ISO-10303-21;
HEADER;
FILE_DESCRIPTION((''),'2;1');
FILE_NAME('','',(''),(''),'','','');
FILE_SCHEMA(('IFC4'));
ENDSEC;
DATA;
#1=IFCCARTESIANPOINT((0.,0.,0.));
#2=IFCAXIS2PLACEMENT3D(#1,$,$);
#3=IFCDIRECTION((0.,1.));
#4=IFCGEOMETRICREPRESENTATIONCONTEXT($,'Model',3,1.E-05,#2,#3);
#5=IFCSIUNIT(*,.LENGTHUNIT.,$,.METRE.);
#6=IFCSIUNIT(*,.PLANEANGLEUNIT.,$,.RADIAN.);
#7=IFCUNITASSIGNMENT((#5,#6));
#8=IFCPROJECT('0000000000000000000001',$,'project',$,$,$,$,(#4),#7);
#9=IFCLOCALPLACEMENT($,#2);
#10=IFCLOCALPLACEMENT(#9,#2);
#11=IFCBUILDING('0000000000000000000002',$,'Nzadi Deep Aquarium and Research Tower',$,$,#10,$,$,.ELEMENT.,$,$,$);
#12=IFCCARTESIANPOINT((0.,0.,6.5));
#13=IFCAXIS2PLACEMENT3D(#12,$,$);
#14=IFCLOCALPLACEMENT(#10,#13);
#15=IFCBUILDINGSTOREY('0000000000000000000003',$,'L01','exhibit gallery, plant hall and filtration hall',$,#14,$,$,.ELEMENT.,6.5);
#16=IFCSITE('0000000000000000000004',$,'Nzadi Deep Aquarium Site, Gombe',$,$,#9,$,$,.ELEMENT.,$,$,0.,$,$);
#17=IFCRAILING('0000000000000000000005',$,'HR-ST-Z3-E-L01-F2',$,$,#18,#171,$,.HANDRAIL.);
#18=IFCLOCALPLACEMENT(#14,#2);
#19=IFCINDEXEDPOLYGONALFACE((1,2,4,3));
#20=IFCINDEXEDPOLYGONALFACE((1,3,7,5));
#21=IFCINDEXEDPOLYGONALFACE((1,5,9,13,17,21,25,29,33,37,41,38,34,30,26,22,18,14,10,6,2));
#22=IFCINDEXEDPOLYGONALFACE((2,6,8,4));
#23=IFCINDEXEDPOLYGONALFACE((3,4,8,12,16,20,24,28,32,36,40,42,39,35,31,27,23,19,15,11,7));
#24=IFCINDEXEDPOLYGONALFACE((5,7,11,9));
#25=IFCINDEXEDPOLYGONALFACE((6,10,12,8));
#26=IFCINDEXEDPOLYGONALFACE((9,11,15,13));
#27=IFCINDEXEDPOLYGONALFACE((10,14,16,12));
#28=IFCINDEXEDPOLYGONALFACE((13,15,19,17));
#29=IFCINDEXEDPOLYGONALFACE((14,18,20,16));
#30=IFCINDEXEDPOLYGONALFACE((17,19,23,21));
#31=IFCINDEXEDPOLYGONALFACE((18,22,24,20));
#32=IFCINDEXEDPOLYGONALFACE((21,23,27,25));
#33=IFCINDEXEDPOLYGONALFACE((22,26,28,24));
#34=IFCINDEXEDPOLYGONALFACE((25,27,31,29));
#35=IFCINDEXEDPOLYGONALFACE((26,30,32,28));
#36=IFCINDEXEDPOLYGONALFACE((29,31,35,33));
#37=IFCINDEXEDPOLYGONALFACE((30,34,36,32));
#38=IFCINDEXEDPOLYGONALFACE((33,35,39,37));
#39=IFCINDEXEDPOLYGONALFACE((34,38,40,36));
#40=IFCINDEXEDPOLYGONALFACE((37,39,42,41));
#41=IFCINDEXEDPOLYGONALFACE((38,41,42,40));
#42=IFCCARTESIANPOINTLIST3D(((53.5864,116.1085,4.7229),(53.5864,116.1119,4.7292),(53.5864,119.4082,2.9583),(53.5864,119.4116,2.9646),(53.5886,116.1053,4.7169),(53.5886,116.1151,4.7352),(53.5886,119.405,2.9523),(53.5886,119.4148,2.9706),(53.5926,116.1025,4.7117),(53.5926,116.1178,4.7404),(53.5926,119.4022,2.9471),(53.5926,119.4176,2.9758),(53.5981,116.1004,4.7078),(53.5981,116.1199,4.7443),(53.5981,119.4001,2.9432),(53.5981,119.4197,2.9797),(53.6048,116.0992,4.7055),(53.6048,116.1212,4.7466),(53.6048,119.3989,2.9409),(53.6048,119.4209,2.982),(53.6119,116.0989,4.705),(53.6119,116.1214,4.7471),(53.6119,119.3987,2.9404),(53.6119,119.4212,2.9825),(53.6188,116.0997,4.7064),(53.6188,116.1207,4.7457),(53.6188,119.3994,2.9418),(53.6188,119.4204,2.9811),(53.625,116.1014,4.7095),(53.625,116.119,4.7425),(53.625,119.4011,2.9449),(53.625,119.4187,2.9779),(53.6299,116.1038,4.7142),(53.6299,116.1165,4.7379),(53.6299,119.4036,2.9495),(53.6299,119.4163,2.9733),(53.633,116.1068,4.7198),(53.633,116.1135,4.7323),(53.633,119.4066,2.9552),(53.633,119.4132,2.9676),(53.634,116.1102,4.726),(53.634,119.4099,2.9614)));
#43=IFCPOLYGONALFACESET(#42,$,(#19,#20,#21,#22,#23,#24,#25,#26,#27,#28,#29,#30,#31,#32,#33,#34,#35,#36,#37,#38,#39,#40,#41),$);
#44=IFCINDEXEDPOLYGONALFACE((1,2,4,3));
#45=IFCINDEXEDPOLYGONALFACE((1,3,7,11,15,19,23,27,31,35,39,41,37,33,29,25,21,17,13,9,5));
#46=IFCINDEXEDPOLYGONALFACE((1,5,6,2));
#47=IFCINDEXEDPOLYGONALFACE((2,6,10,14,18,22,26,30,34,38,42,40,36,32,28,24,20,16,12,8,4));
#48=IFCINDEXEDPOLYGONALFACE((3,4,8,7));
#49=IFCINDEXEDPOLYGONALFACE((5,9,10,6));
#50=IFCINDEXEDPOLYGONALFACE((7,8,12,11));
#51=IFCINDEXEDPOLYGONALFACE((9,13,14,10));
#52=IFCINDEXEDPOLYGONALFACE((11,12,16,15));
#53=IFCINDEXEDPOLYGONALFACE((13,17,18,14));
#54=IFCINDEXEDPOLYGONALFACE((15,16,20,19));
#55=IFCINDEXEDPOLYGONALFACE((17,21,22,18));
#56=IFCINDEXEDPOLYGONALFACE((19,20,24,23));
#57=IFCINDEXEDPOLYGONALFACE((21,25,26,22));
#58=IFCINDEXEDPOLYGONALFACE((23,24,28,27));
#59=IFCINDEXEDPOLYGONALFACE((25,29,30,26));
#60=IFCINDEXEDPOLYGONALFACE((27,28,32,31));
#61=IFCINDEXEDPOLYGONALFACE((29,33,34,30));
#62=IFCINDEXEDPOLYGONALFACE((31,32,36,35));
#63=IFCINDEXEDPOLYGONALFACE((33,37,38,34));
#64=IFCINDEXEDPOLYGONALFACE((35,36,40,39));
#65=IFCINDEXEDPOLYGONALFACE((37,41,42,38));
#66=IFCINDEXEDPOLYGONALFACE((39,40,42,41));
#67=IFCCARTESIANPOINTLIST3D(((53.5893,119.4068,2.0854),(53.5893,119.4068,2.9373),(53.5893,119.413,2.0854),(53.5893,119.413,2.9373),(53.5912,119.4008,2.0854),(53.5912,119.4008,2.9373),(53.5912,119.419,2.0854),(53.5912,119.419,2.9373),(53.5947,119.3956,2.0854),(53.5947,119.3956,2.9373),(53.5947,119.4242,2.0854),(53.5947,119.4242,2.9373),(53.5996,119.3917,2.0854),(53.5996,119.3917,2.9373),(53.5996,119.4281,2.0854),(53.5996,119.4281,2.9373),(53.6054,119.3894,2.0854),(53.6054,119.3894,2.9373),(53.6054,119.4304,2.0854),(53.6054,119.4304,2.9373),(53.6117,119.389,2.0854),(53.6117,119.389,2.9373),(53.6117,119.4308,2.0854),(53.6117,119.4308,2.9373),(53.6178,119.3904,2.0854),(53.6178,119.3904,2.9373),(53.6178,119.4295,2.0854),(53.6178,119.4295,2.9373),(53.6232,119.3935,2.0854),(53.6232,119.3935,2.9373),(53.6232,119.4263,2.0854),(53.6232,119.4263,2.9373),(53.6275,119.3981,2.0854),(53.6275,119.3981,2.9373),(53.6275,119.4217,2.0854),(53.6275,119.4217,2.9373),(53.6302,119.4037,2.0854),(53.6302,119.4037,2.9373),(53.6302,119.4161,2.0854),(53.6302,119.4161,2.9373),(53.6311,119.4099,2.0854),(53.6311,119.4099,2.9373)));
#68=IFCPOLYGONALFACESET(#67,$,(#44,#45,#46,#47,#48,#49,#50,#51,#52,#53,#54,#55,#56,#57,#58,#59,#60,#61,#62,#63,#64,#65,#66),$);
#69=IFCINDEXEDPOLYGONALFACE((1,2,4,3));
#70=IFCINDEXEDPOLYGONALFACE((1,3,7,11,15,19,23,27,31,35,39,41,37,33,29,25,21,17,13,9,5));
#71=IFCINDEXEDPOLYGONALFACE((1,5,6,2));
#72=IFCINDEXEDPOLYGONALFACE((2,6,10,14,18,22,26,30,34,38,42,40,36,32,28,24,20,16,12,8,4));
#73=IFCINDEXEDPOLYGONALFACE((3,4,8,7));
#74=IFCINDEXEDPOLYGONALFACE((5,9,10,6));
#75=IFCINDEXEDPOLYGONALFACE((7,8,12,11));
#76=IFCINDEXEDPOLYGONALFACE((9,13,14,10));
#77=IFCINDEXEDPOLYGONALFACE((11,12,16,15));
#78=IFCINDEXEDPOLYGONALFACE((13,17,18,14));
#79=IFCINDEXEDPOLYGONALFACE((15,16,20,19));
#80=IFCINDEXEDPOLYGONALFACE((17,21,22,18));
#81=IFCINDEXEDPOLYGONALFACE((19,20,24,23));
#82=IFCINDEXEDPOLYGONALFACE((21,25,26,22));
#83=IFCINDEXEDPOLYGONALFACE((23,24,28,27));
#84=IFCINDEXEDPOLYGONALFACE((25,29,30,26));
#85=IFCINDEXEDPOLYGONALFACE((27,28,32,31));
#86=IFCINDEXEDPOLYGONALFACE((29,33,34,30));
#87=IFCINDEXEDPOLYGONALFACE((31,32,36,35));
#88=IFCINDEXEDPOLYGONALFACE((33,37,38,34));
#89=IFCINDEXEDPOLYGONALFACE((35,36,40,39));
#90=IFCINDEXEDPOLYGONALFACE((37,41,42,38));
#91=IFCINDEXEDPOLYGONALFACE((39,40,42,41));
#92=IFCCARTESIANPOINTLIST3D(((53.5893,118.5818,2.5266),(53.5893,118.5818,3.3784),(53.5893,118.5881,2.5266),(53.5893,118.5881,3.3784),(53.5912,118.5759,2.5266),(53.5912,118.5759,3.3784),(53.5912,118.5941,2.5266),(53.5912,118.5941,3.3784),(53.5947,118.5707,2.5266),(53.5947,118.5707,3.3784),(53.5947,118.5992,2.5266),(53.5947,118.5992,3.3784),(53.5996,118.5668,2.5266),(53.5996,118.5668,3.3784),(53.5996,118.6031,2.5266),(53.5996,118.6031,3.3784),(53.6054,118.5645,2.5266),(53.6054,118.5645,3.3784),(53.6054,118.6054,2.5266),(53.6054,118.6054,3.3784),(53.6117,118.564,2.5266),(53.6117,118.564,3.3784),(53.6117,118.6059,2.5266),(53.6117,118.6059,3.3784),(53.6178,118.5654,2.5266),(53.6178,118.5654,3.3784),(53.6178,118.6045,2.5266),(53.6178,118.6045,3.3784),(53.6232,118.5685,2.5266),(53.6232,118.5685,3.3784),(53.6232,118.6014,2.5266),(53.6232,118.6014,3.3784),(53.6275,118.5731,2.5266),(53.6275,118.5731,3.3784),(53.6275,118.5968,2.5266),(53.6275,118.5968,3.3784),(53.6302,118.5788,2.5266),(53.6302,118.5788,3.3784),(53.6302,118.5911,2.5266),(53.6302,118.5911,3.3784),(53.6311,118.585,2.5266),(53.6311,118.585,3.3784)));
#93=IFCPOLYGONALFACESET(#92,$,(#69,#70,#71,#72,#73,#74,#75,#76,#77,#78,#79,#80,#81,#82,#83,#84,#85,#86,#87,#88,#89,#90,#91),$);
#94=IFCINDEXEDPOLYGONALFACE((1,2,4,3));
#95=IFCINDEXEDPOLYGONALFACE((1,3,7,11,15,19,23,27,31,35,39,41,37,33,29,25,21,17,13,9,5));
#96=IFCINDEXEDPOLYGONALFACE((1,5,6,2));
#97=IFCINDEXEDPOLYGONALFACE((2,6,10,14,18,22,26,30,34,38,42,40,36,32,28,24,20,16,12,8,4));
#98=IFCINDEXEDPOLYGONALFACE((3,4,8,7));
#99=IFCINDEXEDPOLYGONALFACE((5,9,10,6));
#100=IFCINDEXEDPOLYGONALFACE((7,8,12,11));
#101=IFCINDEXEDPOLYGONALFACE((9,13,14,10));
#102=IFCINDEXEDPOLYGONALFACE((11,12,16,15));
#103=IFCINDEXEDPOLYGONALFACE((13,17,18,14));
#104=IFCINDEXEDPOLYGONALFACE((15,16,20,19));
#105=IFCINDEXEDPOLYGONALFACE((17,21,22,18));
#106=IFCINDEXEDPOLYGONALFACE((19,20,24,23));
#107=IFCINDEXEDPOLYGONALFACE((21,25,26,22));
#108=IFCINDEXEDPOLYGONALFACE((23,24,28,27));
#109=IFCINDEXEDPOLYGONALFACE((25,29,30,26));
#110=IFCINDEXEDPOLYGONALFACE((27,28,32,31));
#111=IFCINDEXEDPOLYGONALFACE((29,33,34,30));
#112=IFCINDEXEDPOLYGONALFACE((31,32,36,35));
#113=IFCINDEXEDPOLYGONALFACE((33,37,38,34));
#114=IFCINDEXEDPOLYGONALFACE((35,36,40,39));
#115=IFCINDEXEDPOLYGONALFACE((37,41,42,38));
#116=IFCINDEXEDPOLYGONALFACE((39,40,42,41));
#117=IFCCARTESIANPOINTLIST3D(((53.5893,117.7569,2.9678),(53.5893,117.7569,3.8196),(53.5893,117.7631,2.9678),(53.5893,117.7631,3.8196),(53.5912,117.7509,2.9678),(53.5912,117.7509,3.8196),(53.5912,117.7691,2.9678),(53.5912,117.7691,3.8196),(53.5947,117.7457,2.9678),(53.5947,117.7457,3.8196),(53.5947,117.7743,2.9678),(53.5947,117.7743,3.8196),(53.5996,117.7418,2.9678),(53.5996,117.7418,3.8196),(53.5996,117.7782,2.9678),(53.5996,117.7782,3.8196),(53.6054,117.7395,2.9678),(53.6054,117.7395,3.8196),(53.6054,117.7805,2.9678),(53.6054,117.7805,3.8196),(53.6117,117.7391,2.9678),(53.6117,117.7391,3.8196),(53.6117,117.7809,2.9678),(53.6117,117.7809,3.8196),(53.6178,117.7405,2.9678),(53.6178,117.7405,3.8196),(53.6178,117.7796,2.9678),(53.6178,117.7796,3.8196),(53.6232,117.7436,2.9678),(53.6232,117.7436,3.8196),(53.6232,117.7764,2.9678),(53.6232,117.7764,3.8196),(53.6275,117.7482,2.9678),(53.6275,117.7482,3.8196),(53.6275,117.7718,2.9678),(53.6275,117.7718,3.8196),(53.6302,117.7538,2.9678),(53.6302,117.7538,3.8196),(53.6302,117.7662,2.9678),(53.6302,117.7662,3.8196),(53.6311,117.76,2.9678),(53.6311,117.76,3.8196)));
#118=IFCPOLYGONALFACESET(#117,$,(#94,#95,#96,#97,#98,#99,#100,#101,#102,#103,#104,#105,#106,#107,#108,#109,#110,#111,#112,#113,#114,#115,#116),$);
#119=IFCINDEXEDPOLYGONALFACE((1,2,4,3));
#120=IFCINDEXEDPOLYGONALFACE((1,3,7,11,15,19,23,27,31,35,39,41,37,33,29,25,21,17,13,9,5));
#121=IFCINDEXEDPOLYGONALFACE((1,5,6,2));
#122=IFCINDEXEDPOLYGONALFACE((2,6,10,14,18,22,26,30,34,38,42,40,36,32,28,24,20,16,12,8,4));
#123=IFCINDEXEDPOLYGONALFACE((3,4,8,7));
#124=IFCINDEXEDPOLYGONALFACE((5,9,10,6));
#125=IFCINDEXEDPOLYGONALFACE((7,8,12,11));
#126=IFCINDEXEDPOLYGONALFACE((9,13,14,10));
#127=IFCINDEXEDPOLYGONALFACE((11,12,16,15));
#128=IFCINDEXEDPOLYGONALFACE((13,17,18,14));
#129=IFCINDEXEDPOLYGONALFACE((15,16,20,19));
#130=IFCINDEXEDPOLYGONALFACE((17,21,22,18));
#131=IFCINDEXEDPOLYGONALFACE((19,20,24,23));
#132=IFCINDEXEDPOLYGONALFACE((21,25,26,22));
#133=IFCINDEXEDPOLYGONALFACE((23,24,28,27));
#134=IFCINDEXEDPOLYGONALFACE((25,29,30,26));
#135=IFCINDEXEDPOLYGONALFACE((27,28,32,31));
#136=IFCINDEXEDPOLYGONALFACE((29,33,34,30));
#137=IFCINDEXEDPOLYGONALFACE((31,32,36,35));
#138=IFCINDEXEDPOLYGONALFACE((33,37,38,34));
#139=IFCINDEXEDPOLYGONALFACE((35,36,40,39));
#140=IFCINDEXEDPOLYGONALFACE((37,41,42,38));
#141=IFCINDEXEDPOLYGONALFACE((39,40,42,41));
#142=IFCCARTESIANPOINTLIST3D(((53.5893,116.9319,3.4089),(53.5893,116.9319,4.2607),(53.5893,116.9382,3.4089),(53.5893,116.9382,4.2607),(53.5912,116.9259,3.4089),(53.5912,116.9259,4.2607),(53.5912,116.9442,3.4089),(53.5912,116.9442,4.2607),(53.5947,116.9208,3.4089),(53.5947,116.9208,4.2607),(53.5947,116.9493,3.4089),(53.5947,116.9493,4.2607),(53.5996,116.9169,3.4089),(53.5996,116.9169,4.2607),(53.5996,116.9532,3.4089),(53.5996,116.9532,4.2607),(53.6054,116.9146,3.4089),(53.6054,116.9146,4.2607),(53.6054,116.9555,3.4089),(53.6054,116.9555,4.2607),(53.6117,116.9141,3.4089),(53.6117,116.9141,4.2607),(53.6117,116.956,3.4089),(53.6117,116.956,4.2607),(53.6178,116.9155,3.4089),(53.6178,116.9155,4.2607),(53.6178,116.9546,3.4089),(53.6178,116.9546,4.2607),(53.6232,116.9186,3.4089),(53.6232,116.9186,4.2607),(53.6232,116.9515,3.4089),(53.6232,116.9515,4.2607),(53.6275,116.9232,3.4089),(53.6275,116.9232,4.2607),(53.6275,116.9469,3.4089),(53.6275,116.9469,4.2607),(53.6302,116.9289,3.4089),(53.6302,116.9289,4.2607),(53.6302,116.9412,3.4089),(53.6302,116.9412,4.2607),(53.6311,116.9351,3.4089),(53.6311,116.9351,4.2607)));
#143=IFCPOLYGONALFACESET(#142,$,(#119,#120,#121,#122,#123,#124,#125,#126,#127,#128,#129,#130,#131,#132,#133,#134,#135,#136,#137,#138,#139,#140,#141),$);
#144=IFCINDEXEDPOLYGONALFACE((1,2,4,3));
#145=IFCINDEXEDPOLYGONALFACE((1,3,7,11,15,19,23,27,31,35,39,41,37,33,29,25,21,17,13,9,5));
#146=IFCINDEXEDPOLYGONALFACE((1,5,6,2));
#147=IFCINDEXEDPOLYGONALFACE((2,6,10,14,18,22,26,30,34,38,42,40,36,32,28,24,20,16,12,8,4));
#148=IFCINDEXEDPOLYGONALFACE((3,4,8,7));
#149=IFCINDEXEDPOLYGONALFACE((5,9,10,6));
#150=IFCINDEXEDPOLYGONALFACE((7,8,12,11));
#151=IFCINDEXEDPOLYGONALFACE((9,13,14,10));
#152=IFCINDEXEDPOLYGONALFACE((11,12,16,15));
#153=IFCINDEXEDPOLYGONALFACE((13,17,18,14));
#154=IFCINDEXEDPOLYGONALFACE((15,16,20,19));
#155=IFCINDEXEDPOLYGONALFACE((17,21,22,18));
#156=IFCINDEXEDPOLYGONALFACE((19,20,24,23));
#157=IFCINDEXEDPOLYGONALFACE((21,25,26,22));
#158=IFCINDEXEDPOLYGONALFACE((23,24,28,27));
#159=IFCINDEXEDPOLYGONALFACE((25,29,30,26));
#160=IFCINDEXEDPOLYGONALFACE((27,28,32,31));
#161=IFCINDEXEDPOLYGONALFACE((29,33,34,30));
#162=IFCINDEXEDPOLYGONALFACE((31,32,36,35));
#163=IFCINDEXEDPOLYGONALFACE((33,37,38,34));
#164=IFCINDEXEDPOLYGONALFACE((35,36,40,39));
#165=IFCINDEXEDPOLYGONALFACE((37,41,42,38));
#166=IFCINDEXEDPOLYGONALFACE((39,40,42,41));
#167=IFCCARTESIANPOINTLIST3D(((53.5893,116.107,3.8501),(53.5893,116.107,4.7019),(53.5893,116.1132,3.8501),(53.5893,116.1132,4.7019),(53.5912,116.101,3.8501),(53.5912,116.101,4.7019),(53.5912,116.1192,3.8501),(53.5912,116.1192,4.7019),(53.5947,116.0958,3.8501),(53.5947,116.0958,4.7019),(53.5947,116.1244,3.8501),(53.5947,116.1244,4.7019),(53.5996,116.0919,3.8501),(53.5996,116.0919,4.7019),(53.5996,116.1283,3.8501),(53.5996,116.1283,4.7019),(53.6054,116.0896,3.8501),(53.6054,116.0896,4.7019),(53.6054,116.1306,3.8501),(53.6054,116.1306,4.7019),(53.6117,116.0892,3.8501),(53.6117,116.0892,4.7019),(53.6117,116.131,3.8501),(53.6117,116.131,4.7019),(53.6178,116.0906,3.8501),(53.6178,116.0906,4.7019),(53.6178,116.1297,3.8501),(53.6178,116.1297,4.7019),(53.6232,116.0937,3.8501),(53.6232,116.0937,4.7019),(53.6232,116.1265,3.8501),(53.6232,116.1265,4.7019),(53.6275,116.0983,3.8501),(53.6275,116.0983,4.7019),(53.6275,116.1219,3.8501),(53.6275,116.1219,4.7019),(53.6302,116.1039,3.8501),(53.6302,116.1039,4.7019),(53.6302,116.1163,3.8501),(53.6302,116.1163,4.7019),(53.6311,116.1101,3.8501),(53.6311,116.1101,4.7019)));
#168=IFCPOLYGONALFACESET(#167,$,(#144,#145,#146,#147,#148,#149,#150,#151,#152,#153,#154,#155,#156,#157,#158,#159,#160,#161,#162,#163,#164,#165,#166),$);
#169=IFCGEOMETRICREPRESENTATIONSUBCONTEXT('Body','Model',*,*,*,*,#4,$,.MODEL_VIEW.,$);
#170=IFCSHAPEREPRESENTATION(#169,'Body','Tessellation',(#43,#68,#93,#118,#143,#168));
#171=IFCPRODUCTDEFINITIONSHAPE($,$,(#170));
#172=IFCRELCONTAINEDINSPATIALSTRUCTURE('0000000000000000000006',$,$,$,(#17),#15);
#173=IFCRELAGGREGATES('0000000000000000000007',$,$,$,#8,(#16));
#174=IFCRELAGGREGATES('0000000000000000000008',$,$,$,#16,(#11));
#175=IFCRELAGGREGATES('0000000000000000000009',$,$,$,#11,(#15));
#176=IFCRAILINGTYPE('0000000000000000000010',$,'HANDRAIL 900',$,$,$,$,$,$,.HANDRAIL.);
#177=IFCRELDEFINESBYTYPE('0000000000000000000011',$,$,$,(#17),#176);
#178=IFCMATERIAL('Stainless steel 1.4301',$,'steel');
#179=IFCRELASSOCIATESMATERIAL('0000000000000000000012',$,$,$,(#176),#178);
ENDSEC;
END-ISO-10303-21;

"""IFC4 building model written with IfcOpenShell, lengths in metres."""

from ifc_helpers import new_model, si_unit, direction, frame, origin, origin_2d, place, context, subcontext, project, spatial, circle, extrude, material, type_object, element, save


model = new_model("IFC4")

# Units and contexts
model_context = context("Model", 3, precision=1e-05, world=origin(), true_north=direction((0.0, 1.0)))
body_context = subcontext(model_context, "Body", "Model", "MODEL_VIEW")
ifc_project = project(units=[si_unit("LENGTHUNIT", "METRE"), si_unit("PLANEANGLEUNIT", "RADIAN")], contexts=[model_context])

# Site, building, storey
site_placement = place(None, origin())
site = spatial("IfcSite", under=ifc_project, at=site_placement, Name="Nzadi Deep Aquarium Site, Gombe", CompositionType="ELEMENT", RefElevation=0.0)
building_placement = place(site_placement, origin())
building = spatial("IfcBuilding", under=site, at=building_placement, Name="Nzadi Deep Aquarium and Research Tower", CompositionType="ELEMENT")
storey_placement = place(building_placement, frame((0.0, 0.0, 6.5)))
storey = spatial("IfcBuildingStorey", under=building, at=storey_placement, Name="L01", Description="exhibit gallery, plant hall and filtration hall", CompositionType="ELEMENT", Elevation=6.5)

# Railing
ifc_material_1 = material(Name="Stainless steel 1.4301", Category="steel")
railing_type = type_object("IfcRailingType", Name="HANDRAIL 900", PredefinedType="HANDRAIL", material=ifc_material_1)
for number, where, name in (
    (1, (53.6101, 119.4099, 2.0854), "HR-ST-Z3-E-L01-F2"),
):
    element("IfcRailing", number, at=place(storey_placement, frame(where)), inside=storey, type_object=railing_type, Name=name, PredefinedType="HANDRAIL", context=body_context, shape_type="SweptSolid", body=[
        extrude(circle(Radius=0.0239, at=origin_2d()), frame((0.0, 0.0, 0.876), z_axis=(0.0, -0.881825, 0.471577), x_axis=(1.0, 0.0, 0.0)), (0.0, 0.0, 1.0), 3.7419),
        extrude(circle(Radius=0.021, at=origin_2d()), origin(), (0.0, 0.0, 1.0), 0.8518),
        extrude(circle(Radius=0.021, at=origin_2d()), frame((0.0, -0.825, 0.4412)), (0.0, 0.0, 1.0), 0.8518),
        extrude(circle(Radius=0.021, at=origin_2d()), frame((0.0, -1.6499, 0.8823)), (0.0, 0.0, 1.0), 0.8518),
        extrude(circle(Radius=0.021, at=origin_2d()), frame((0.0, -2.4749, 1.3235)), (0.0, 0.0, 1.0), 0.8518),
        extrude(circle(Radius=0.021, at=origin_2d()), frame((0.0, -3.2998, 1.7646)), (0.0, 0.0, 1.0), 0.8518),
    ])

save(model, "model.ifc")
